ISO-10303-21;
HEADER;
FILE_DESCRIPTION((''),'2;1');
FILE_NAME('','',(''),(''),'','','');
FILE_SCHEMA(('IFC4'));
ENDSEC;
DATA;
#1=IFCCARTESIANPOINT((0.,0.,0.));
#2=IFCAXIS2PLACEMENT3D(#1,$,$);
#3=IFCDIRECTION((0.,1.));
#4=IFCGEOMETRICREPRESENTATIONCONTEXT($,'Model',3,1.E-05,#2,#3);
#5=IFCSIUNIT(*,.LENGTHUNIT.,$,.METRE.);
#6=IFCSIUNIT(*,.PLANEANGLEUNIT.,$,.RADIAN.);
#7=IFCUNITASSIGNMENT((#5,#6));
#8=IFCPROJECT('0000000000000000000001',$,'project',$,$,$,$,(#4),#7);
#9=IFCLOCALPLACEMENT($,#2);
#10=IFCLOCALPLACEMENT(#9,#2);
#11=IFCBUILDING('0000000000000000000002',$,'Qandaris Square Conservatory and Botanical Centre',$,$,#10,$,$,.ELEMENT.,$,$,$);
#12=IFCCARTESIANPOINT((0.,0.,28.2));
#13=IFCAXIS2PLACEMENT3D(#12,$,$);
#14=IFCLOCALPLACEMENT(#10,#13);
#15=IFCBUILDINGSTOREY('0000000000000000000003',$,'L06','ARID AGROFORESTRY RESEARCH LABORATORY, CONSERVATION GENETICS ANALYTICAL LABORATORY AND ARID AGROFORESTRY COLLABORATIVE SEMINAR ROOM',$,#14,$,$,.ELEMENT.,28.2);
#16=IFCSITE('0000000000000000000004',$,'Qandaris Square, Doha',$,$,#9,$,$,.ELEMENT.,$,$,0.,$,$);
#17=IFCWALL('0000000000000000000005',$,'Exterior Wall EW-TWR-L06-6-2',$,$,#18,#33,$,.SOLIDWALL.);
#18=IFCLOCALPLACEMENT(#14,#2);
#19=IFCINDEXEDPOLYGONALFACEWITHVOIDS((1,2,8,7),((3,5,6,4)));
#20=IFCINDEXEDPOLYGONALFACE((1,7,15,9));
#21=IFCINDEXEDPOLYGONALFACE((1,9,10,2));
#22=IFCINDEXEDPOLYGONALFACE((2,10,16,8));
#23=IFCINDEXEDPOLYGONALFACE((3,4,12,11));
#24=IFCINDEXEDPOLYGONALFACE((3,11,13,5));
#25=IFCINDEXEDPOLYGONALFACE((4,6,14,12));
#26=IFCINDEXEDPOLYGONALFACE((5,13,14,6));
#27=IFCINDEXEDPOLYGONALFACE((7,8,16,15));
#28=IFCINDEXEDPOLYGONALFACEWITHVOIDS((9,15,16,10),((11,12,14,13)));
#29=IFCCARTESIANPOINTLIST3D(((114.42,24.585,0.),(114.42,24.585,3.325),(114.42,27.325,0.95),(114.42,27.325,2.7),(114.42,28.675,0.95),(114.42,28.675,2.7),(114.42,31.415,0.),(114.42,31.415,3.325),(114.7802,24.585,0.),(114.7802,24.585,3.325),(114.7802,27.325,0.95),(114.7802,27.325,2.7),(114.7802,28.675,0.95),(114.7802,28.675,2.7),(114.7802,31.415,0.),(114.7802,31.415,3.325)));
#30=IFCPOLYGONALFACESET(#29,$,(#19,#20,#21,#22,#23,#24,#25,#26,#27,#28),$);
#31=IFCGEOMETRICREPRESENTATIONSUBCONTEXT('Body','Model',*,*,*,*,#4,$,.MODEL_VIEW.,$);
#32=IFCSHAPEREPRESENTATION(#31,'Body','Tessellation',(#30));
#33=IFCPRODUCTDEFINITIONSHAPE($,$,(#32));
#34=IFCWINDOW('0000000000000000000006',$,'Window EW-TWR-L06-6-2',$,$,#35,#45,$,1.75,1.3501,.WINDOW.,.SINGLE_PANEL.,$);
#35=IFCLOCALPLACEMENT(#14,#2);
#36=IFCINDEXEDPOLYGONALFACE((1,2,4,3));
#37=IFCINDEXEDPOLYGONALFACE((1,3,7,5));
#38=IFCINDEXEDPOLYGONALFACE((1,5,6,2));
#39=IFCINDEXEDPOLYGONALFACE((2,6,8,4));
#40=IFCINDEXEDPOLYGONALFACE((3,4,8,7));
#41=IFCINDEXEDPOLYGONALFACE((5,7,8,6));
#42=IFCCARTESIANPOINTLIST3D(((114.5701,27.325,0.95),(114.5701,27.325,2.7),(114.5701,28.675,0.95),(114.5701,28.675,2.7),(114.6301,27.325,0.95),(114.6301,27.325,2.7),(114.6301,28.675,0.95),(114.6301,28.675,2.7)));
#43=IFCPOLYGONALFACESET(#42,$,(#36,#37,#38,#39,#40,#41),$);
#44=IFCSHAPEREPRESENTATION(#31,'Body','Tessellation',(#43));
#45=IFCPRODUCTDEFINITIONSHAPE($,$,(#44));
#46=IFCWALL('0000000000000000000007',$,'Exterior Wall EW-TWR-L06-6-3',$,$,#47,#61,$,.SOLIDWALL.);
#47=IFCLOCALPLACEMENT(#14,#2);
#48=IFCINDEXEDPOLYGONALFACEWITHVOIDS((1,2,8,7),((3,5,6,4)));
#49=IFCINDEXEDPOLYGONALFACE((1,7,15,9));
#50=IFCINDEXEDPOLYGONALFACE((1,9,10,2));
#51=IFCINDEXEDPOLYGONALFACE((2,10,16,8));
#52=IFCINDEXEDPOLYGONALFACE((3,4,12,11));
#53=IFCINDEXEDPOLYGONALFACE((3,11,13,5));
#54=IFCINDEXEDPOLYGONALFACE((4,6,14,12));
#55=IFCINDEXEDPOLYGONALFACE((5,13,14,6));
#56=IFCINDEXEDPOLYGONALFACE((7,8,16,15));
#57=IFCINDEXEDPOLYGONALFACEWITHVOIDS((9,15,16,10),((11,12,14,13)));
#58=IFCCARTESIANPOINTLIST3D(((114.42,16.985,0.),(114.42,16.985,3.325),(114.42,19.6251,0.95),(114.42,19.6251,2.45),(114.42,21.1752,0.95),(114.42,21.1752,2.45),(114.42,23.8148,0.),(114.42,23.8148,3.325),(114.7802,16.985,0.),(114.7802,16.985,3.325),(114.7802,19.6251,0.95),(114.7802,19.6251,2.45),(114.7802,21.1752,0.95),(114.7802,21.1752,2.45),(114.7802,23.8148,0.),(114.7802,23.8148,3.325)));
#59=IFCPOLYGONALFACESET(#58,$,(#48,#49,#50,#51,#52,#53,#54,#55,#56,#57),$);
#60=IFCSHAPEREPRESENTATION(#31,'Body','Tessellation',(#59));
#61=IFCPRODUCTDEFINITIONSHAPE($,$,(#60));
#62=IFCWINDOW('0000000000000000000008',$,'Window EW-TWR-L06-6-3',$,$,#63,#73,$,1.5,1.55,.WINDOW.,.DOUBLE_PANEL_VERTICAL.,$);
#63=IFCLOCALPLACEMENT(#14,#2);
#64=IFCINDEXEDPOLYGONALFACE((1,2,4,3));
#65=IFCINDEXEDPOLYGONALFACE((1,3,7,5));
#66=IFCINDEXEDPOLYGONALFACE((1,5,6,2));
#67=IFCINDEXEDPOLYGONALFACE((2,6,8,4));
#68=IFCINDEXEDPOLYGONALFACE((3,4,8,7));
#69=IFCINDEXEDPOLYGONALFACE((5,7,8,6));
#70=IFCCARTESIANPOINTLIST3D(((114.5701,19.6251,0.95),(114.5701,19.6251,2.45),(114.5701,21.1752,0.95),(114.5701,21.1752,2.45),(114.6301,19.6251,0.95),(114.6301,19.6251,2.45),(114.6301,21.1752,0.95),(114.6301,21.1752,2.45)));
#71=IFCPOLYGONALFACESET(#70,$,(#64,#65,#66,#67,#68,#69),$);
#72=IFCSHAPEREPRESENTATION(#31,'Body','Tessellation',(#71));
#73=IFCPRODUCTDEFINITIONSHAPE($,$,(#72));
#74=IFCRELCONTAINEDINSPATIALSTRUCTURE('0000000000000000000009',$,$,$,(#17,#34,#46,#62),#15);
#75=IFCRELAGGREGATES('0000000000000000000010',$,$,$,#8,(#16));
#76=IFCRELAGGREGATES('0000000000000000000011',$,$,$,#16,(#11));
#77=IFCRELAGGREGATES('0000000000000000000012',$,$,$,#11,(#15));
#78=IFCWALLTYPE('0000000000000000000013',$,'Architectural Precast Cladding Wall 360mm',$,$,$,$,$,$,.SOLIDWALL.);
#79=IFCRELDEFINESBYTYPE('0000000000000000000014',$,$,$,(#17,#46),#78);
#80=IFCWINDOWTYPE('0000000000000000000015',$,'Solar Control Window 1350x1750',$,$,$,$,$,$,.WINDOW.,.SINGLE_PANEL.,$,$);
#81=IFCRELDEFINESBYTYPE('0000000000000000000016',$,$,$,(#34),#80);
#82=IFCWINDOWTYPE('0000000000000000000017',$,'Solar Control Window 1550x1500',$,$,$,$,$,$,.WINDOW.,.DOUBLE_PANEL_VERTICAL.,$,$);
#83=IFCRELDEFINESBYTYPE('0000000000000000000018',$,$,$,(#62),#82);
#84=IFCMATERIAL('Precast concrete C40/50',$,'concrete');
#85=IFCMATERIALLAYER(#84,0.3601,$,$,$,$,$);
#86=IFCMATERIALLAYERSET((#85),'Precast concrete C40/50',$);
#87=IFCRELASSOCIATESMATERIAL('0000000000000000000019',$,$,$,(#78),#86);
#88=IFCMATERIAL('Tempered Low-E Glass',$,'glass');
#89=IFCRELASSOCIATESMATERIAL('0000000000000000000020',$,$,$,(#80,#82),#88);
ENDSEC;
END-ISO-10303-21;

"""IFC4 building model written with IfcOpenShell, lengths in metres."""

from ifc_helpers import new_model, si_unit, direction, frame, frame_2d, origin, place, context, subcontext, project, spatial, rectangle, extrude, material, layer, layer_set, type_object, element, fill, save


model = new_model("IFC4")

# Units and contexts
model_context = context("Model", 3, precision=1e-05, world=origin(), true_north=direction((0.0, 1.0)))
body_context = subcontext(model_context, "Body", "Model", "MODEL_VIEW")
ifc_project = project(units=[si_unit("LENGTHUNIT", "METRE"), si_unit("PLANEANGLEUNIT", "RADIAN")], contexts=[model_context])

# Site, building, storey
site_placement = place(None, origin())
site = spatial("IfcSite", under=ifc_project, at=site_placement, Name="Qandaris Square, Doha", CompositionType="ELEMENT", RefElevation=0.0)
building_placement = place(site_placement, origin())
building = spatial("IfcBuilding", under=site, at=building_placement, Name="Qandaris Square Conservatory and Botanical Centre", CompositionType="ELEMENT")
storey_placement = place(building_placement, frame((0.0, 0.0, 28.2)))
storey = spatial("IfcBuildingStorey", under=building, at=storey_placement, Name="L06", Description="ARID AGROFORESTRY RESEARCH LABORATORY, CONSERVATION GENETICS ANALYTICAL LABORATORY AND ARID AGROFORESTRY COLLABORATIVE SEMINAR ROOM", CompositionType="ELEMENT", Elevation=28.2)

# Walls, openings, windows
ifc_material_1 = material(Name="Precast concrete C40/50", Category="concrete")
ifc_layer_1 = layer(ifc_material_1, 0.3601)
ifc_layer_set_1 = layer_set([ifc_layer_1], Name="Precast concrete C40/50")
wall_type_1 = type_object("IfcWallType", Name="Architectural Precast Cladding Wall 360mm", PredefinedType="SOLIDWALL", material=ifc_layer_set_1)
ifc_material_2 = material(Name="Tempered Low-E Glass", Category="glass")
wall_1_placement = place(storey_placement, frame((114.6001, 31.415, 0.0), z_axis=(0.0, 0.0, 1.0), x_axis=(0.0, -1.0, 0.0)))
wall_1 = element("IfcWall", 1, at=wall_1_placement, inside=storey, type_object=wall_type_1, Name="Exterior Wall EW-TWR-L06-6-2", PredefinedType="SOLIDWALL", context=body_context, shape_type="SweptSolid", body=[
    extrude(rectangle(XDim=6.8301, YDim=0.3601, at=frame_2d((3.415, 0.0))), origin(), (0.0, 0.0, 1.0), 3.325),
])
opening_1_placement = place(wall_1_placement, frame((2.74, 0.0, 0.95)))
opening_1 = element("IfcOpeningElement", 2, at=opening_1_placement, cuts=wall_1, PredefinedType="OPENING", context=body_context, shape_type="SweptSolid", body=[
    extrude(rectangle(XDim=1.3501, YDim=1.75, at=frame_2d((0.675, 0.875))), frame((0.0, 0.1919, 0.0), z_axis=(0.0, -1.0, 0.0), x_axis=(1.0, 0.0, 0.0)), (0.0, 0.0, 1.0), 0.384),
])
window_type_1 = type_object("IfcWindowType", Name="Solar Control Window 1350x1750", PartitioningType="SINGLE_PANEL", PredefinedType="WINDOW", material=ifc_material_2)
window_1_placement = place(opening_1_placement, origin())
window_1 = element("IfcWindow", 3, at=window_1_placement, inside=storey, type_object=window_type_1, Name="Window EW-TWR-L06-6-2", OverallHeight=1.75, OverallWidth=1.3501, PartitioningType="SINGLE_PANEL", PredefinedType="WINDOW", context=body_context, shape_type="SweptSolid", body=[
    extrude(rectangle(XDim=1.3501, YDim=1.75, at=frame_2d((0.675, 0.875))), frame((0.0, 0.03, 0.0), z_axis=(0.0, -1.0, 0.0), x_axis=(1.0, 0.0, 0.0)), (0.0, 0.0, 1.0), 0.0601),
])
fill(opening_1, window_1)
wall_2_placement = place(storey_placement, frame((114.6001, 23.8149, 0.0), z_axis=(0.0, 0.0, 1.0), x_axis=(0.0, -1.0, 0.0)))
wall_2 = element("IfcWall", 4, at=wall_2_placement, inside=storey, type_object=wall_type_1, Name="Exterior Wall EW-TWR-L06-6-3", PredefinedType="SOLIDWALL", context=body_context, shape_type="SweptSolid", body=[
    extrude(rectangle(XDim=6.8298, YDim=0.3601, at=frame_2d((3.415, 0.0))), origin(), (0.0, 0.0, 1.0), 3.325),
])
opening_2_placement = place(wall_2_placement, frame((2.6399, 0.0, 0.95)))
opening_2 = element("IfcOpeningElement", 5, at=opening_2_placement, cuts=wall_2, PredefinedType="OPENING", context=body_context, shape_type="SweptSolid", body=[
    extrude(rectangle(XDim=1.55, YDim=1.5, at=frame_2d((0.7749, 0.75))), frame((0.0, 0.1919, 0.0), z_axis=(0.0, -1.0, 0.0), x_axis=(1.0, 0.0, 0.0)), (0.0, 0.0, 1.0), 0.384),
])
window_type_2 = type_object("IfcWindowType", Name="Solar Control Window 1550x1500", PartitioningType="DOUBLE_PANEL_VERTICAL", PredefinedType="WINDOW", material=ifc_material_2)
window_2_placement = place(opening_2_placement, origin())
window_2 = element("IfcWindow", 6, at=window_2_placement, inside=storey, type_object=window_type_2, Name="Window EW-TWR-L06-6-3", OverallHeight=1.5, OverallWidth=1.55, PartitioningType="DOUBLE_PANEL_VERTICAL", PredefinedType="WINDOW", context=body_context, shape_type="SweptSolid", body=[
    extrude(rectangle(XDim=1.55, YDim=1.5, at=frame_2d((0.7749, 0.75))), frame((0.0, 0.03, 0.0), z_axis=(0.0, -1.0, 0.0), x_axis=(1.0, 0.0, 0.0)), (0.0, 0.0, 1.0), 0.0601),
])
fill(opening_2, window_2)

save(model, "model.ifc")
